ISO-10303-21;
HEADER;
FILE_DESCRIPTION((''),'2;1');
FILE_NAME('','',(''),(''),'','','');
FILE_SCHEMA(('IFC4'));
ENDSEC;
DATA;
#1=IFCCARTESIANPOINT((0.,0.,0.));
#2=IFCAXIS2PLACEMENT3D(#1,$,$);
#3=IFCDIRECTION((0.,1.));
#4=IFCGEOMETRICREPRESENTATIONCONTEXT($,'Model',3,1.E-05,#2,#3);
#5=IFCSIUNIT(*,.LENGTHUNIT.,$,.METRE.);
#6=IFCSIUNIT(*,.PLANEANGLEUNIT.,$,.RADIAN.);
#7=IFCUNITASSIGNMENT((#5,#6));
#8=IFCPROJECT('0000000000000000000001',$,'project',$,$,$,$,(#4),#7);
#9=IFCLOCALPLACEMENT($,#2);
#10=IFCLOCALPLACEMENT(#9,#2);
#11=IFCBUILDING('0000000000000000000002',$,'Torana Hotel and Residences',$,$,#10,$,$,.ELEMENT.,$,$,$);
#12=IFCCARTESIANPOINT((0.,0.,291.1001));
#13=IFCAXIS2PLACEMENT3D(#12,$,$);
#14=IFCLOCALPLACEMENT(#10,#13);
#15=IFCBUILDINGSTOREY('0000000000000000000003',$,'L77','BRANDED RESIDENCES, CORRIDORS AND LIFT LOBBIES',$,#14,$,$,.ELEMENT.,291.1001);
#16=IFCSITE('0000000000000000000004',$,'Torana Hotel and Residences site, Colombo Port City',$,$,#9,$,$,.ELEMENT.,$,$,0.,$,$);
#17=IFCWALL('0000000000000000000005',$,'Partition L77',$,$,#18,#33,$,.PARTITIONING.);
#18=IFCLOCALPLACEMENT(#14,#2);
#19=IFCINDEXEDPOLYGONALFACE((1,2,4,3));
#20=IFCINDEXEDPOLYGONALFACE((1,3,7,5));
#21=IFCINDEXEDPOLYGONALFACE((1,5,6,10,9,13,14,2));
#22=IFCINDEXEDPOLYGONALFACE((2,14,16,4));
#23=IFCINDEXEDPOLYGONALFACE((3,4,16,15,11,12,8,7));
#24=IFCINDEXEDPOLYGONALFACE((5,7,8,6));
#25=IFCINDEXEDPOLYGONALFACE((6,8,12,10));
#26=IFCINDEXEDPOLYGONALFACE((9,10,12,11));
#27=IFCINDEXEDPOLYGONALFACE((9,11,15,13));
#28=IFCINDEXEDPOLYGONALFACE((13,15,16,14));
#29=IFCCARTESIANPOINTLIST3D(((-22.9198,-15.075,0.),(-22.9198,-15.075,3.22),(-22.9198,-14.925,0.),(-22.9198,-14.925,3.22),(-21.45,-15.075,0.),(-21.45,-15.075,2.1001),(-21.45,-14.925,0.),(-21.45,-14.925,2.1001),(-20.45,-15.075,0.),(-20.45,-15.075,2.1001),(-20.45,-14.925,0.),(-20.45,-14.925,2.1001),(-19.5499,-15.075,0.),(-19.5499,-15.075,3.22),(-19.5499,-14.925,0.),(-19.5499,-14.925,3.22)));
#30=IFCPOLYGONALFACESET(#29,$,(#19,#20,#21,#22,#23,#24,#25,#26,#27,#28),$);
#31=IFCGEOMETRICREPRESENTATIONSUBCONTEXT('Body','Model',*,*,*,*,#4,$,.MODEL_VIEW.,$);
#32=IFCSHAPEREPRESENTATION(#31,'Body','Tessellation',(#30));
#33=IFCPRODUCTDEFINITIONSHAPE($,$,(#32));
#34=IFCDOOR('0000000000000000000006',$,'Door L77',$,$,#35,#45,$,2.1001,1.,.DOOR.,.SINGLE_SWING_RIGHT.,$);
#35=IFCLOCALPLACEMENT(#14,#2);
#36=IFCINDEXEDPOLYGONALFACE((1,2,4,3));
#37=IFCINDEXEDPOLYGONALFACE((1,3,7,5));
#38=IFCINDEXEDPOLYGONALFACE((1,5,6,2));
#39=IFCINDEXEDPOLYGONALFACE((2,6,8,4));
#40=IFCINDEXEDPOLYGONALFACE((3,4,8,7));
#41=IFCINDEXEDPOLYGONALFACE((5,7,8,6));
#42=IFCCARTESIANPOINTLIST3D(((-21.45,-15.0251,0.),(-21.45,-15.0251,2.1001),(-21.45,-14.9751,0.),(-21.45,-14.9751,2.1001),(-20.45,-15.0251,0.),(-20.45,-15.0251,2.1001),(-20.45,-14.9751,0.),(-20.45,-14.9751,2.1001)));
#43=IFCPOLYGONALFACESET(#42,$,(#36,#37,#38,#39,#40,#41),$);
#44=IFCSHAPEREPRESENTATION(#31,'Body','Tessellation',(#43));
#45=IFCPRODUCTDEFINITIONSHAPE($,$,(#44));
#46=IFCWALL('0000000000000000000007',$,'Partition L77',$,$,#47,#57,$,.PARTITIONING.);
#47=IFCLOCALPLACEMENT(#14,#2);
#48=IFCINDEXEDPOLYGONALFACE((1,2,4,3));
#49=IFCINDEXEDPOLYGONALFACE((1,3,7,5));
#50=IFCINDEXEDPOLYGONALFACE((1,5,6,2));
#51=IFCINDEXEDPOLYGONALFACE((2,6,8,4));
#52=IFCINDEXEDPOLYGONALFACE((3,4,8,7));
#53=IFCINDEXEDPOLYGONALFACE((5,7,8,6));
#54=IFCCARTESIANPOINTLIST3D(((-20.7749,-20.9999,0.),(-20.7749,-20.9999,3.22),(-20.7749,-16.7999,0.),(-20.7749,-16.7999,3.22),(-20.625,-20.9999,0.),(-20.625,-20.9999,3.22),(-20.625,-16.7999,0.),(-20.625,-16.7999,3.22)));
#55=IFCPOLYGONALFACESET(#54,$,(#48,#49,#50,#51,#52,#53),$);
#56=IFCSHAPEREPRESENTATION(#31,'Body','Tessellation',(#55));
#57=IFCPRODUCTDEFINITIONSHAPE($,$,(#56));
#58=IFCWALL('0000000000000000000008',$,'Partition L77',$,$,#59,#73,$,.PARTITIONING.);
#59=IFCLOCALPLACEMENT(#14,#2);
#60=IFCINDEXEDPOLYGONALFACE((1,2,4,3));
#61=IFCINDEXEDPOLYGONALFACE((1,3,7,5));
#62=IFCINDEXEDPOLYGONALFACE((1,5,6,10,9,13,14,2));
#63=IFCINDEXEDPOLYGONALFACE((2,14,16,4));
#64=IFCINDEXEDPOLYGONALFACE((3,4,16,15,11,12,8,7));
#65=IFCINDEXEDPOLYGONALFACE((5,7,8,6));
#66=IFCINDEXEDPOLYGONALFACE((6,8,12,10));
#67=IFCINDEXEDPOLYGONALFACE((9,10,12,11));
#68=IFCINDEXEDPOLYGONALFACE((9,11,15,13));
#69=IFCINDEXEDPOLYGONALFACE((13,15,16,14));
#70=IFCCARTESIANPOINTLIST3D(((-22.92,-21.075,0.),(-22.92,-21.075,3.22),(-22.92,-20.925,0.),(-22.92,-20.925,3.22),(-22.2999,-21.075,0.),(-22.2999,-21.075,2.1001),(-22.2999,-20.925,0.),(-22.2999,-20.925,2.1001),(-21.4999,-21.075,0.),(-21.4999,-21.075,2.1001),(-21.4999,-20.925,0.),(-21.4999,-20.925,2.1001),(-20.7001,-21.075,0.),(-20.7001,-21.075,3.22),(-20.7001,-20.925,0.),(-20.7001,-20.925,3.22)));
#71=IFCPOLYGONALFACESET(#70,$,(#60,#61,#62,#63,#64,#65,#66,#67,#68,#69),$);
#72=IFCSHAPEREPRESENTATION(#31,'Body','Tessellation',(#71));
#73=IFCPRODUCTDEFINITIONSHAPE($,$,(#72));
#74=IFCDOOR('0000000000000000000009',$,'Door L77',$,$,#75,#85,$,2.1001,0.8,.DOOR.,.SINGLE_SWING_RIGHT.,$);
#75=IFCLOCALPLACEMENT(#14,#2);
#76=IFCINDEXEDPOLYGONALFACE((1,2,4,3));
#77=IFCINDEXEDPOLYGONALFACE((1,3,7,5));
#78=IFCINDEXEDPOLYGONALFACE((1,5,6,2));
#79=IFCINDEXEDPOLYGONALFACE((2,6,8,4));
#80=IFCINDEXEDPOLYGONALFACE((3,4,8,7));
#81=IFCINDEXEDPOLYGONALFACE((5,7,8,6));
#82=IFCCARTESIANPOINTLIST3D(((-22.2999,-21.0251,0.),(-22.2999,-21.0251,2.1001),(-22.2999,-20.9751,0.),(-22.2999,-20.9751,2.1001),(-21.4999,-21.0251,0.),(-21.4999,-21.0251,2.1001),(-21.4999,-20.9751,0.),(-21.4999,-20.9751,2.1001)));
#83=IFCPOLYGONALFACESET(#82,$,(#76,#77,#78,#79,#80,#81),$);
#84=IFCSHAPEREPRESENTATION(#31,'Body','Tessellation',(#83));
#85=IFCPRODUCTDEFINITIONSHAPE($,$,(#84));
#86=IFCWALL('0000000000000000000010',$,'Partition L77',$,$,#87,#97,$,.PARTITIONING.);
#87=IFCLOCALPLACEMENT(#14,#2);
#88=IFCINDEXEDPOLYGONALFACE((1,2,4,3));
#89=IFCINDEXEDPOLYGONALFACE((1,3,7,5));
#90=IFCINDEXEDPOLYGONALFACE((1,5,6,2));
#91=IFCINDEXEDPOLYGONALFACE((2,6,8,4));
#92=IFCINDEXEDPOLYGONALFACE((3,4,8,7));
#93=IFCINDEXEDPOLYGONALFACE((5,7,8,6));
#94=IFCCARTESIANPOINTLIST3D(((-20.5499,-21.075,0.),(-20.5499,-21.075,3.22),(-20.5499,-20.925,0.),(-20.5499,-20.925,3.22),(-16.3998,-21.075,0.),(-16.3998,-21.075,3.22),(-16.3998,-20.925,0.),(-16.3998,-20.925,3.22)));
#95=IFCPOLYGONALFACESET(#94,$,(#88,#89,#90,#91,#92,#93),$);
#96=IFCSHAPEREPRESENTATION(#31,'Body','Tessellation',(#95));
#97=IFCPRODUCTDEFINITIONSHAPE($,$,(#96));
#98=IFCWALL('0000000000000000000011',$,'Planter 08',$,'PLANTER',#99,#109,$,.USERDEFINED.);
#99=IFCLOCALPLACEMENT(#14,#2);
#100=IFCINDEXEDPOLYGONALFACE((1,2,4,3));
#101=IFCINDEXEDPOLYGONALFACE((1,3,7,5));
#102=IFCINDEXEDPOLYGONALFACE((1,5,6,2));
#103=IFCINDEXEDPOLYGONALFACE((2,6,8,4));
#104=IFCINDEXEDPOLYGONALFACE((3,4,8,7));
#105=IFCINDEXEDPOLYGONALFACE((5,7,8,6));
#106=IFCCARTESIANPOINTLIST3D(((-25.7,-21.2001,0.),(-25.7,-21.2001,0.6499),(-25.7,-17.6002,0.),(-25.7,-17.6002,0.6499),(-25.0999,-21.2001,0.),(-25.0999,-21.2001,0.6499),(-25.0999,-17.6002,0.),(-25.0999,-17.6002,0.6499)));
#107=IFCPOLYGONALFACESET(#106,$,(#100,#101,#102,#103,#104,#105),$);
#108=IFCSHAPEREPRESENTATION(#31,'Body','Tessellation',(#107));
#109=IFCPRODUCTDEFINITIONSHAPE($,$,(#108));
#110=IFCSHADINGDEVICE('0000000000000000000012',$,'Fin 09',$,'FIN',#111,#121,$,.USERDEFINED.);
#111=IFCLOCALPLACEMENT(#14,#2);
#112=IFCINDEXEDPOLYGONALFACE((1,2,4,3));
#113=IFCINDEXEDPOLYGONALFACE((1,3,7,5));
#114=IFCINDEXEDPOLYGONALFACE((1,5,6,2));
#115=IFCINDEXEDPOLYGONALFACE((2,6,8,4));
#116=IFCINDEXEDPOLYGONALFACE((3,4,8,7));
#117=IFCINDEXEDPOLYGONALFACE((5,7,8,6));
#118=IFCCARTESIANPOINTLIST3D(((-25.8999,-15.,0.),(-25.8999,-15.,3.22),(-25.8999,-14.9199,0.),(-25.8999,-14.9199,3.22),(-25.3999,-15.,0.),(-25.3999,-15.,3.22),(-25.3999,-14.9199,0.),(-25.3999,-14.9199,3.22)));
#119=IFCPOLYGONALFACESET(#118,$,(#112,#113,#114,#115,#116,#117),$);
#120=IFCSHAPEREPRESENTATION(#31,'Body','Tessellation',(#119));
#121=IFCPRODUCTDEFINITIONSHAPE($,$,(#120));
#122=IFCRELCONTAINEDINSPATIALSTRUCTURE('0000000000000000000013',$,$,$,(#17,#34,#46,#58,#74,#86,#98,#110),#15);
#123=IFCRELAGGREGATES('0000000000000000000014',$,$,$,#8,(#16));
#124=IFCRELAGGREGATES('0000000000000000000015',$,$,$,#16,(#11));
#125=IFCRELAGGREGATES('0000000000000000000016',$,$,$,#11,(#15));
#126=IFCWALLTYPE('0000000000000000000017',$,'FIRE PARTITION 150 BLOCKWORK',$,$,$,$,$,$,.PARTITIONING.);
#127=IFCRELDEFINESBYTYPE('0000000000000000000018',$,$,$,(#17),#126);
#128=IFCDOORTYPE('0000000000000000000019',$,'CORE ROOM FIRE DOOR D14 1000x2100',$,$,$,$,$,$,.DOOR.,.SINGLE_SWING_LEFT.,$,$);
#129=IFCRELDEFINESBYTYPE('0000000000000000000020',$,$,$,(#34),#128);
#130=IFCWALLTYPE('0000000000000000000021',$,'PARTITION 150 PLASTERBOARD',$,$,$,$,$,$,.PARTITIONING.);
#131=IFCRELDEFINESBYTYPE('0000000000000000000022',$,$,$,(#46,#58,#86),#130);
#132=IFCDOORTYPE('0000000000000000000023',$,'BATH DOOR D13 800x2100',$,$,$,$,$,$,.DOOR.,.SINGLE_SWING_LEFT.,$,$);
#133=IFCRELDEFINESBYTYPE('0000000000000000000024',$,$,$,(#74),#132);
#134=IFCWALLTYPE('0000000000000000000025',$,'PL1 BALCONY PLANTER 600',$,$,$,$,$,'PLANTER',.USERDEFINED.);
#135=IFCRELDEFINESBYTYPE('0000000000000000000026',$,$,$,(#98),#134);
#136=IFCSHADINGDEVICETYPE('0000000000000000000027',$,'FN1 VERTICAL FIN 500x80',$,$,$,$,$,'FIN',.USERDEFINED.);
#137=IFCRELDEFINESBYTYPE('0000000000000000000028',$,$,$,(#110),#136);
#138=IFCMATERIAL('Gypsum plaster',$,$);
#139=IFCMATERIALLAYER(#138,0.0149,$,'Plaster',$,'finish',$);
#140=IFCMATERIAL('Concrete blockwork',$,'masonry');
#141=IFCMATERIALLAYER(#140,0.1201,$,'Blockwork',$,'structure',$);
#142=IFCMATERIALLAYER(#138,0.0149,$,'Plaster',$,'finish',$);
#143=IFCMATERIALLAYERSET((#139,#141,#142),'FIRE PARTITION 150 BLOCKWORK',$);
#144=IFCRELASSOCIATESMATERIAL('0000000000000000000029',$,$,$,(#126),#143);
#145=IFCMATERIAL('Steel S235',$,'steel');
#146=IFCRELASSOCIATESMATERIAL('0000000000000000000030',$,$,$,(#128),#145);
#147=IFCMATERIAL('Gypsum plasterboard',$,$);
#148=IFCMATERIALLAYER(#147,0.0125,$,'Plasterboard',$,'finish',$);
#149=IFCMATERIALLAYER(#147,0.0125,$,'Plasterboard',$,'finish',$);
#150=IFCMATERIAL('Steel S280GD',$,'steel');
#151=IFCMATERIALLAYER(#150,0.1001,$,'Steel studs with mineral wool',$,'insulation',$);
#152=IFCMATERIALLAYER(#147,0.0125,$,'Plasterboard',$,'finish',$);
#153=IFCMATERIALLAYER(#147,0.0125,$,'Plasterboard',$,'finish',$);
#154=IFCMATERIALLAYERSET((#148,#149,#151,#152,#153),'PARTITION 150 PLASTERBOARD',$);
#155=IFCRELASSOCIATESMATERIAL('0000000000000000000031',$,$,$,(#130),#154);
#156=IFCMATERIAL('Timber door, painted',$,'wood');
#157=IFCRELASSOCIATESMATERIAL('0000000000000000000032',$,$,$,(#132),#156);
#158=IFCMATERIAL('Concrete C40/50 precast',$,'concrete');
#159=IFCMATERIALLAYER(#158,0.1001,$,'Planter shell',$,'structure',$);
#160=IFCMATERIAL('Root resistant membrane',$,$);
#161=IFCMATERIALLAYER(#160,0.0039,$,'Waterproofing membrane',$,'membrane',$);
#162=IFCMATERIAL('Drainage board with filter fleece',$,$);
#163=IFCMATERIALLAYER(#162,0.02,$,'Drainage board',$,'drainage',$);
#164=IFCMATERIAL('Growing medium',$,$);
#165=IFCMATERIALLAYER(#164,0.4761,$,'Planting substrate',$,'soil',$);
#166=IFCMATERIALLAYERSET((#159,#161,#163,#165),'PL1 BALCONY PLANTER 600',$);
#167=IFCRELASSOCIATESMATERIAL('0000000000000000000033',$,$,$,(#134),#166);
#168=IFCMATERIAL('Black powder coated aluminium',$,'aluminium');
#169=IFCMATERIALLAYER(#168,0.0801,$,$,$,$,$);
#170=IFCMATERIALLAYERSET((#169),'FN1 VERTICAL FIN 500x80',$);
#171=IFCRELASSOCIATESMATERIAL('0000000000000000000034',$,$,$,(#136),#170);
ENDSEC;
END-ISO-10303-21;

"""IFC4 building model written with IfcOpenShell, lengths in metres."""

from ifc_helpers import new_model, si_unit, direction, frame, frame_2d, origin, origin_2d, place, context, subcontext, project, spatial, rectangle, extrude, material, layer, layer_set, type_object, element, fill, save


model = new_model("IFC4")

# Units and contexts
model_context = context("Model", 3, precision=1e-05, world=origin(), true_north=direction((0.0, 1.0)))
body_context = subcontext(model_context, "Body", "Model", "MODEL_VIEW")
ifc_project = project(units=[si_unit("LENGTHUNIT", "METRE"), si_unit("PLANEANGLEUNIT", "RADIAN")], contexts=[model_context])

# Site, building, storey
site_placement = place(None, origin())
site = spatial("IfcSite", under=ifc_project, at=site_placement, Name="Torana Hotel and Residences site, Colombo Port City", CompositionType="ELEMENT", RefElevation=0.0)
building_placement = place(site_placement, origin())
building = spatial("IfcBuilding", under=site, at=building_placement, Name="Torana Hotel and Residences", CompositionType="ELEMENT")
storey_placement = place(building_placement, frame((0.0, 0.0, 291.1001)))
storey = spatial("IfcBuildingStorey", under=building, at=storey_placement, Name="L77", Description="BRANDED RESIDENCES, CORRIDORS AND LIFT LOBBIES", CompositionType="ELEMENT", Elevation=291.1001)

# Shared definitions
ifc_material_1 = material(Name="Gypsum plaster")
ifc_layer_1 = layer(ifc_material_1, 0.0149, Name="Plaster", Category="finish")
ifc_material_2 = material(Name="Concrete blockwork", Category="masonry")
ifc_layer_2 = layer(ifc_material_2, 0.1201, Name="Blockwork", Category="structure")
ifc_layer_3 = layer(ifc_material_1, 0.0149, Name="Plaster", Category="finish")
ifc_layer_set_1 = layer_set([ifc_layer_1, ifc_layer_2, ifc_layer_3], Name="FIRE PARTITION 150 BLOCKWORK")
wall_type_1 = type_object("IfcWallType", Name="FIRE PARTITION 150 BLOCKWORK", PredefinedType="PARTITIONING", material=ifc_layer_set_1)

# Wall, opening, door
wall_1_placement = place(storey_placement, frame((-22.9199, -15.0, 0.0), z_axis=(0.0, 0.0, 1.0), x_axis=(1.0, 0.0, 0.0)))
wall_1 = element("IfcWall", 1, at=wall_1_placement, inside=storey, type_object=wall_type_1, Name="Partition L77", PredefinedType="PARTITIONING", context=body_context, shape_type="SweptSolid", body=[
    extrude(rectangle(XDim=3.3699, YDim=0.1499, at=frame_2d((1.6851, 0.0))), origin(), (0.0, 0.0, 1.0), 3.22),
])
opening_1_placement = place(wall_1_placement, frame((1.47, 0.0, 0.0)))
opening_1 = element("IfcOpeningElement", 2, at=opening_1_placement, cuts=wall_1, PredefinedType="OPENING", context=body_context, shape_type="SweptSolid", body=[
    extrude(rectangle(XDim=1.0, YDim=2.1001, at=frame_2d((0.5, 1.05))), frame((0.0, 0.085, 0.0), z_axis=(0.0, -1.0, 0.0), x_axis=(1.0, 0.0, 0.0)), (0.0, 0.0, 1.0), 0.1699),
])
ifc_material_3 = material(Name="Steel S235", Category="steel")
door_type_1 = type_object("IfcDoorType", Name="CORE ROOM FIRE DOOR D14 1000x2100", OperationType="SINGLE_SWING_LEFT", PredefinedType="DOOR", material=ifc_material_3)
door_1_placement = place(opening_1_placement, origin())
door_1 = element("IfcDoor", 3, at=door_1_placement, inside=storey, type_object=door_type_1, Name="Door L77", OperationType="SINGLE_SWING_RIGHT", OverallHeight=2.1001, OverallWidth=1.0, PredefinedType="DOOR", context=body_context, shape_type="SweptSolid", body=[
    extrude(rectangle(XDim=1.0, YDim=2.1001, at=frame_2d((0.5, 1.05))), frame((0.0, 0.0249, 0.0), z_axis=(0.0, -1.0, 0.0), x_axis=(1.0, 0.0, 0.0)), (0.0, 0.0, 1.0), 0.05),
])
fill(opening_1, door_1)

# Wall
ifc_material_4 = material(Name="Gypsum plasterboard")
ifc_layer_4 = layer(ifc_material_4, 0.0125, Name="Plasterboard", Category="finish")
ifc_layer_5 = layer(ifc_material_4, 0.0125, Name="Plasterboard", Category="finish")
ifc_material_5 = material(Name="Steel S280GD", Category="steel")
ifc_layer_6 = layer(ifc_material_5, 0.1001, Name="Steel studs with mineral wool", Category="insulation")
ifc_layer_7 = layer(ifc_material_4, 0.0125, Name="Plasterboard", Category="finish")
ifc_layer_8 = layer(ifc_material_4, 0.0125, Name="Plasterboard", Category="finish")
ifc_layer_set_2 = layer_set([ifc_layer_4, ifc_layer_5, ifc_layer_6, ifc_layer_7, ifc_layer_8], Name="PARTITION 150 PLASTERBOARD")
wall_type_2 = type_object("IfcWallType", Name="PARTITION 150 PLASTERBOARD", PredefinedType="PARTITIONING", material=ifc_layer_set_2)
wall_2_placement = place(storey_placement, frame((-20.7, -21.0, 0.0), z_axis=(0.0, 0.0, 1.0), x_axis=(0.0, 1.0, 0.0)))
element("IfcWall", 4, at=wall_2_placement, inside=storey, type_object=wall_type_2, Name="Partition L77", PredefinedType="PARTITIONING", context=body_context, shape_type="SweptSolid", body=[
    extrude(rectangle(XDim=4.2, YDim=0.1499, at=frame_2d((2.1001, 0.0))), origin(), (0.0, 0.0, 1.0), 3.22),
])

# Wall, opening, door
wall_3_placement = place(storey_placement, frame((-22.9199, -21.0, 0.0), z_axis=(0.0, 0.0, 1.0), x_axis=(1.0, 0.0, 0.0)))
wall_3 = element("IfcWall", 5, at=wall_3_placement, inside=storey, type_object=wall_type_2, Name="Partition L77", PredefinedType="PARTITIONING", context=body_context, shape_type="SweptSolid", body=[
    extrude(rectangle(XDim=2.22, YDim=0.1499, at=frame_2d((1.1099, 0.0))), origin(), (0.0, 0.0, 1.0), 3.22),
])
opening_2_placement = place(wall_3_placement, frame((0.6201, 0.0, 0.0)))
opening_2 = element("IfcOpeningElement", 6, at=opening_2_placement, cuts=wall_3, PredefinedType="OPENING", context=body_context, shape_type="SweptSolid", body=[
    extrude(rectangle(XDim=0.8, YDim=2.1001, at=frame_2d((0.3999, 1.05))), frame((0.0, 0.085, 0.0), z_axis=(0.0, -1.0, 0.0), x_axis=(1.0, 0.0, 0.0)), (0.0, 0.0, 1.0), 0.1699),
])
ifc_material_6 = material(Name="Timber door, painted", Category="wood")
door_type_2 = type_object("IfcDoorType", Name="BATH DOOR D13 800x2100", OperationType="SINGLE_SWING_LEFT", PredefinedType="DOOR", material=ifc_material_6)
door_2_placement = place(opening_2_placement, origin())
door_2 = element("IfcDoor", 7, at=door_2_placement, inside=storey, type_object=door_type_2, Name="Door L77", OperationType="SINGLE_SWING_RIGHT", OverallHeight=2.1001, OverallWidth=0.8, PredefinedType="DOOR", context=body_context, shape_type="SweptSolid", body=[
    extrude(rectangle(XDim=0.8, YDim=2.1001, at=frame_2d((0.3999, 1.05))), frame((0.0, 0.0249, 0.0), z_axis=(0.0, -1.0, 0.0), x_axis=(1.0, 0.0, 0.0)), (0.0, 0.0, 1.0), 0.05),
])
fill(opening_2, door_2)

# Walls
wall_4_placement = place(storey_placement, frame((-20.55, -21.0, 0.0), z_axis=(0.0, 0.0, 1.0), x_axis=(1.0, 0.0, 0.0)))
element("IfcWall", 8, at=wall_4_placement, inside=storey, type_object=wall_type_2, Name="Partition L77", PredefinedType="PARTITIONING", context=body_context, shape_type="SweptSolid", body=[
    extrude(rectangle(XDim=4.1501, YDim=0.1499, at=frame_2d((2.0752, 0.0))), origin(), (0.0, 0.0, 1.0), 3.22),
])
ifc_material_7 = material(Name="Concrete C40/50 precast", Category="concrete")
ifc_layer_9 = layer(ifc_material_7, 0.1001, Name="Planter shell", Category="structure")
ifc_material_8 = material(Name="Root resistant membrane")
ifc_layer_10 = layer(ifc_material_8, 0.0039, Name="Waterproofing membrane", Category="membrane")
ifc_material_9 = material(Name="Drainage board with filter fleece")
ifc_layer_11 = layer(ifc_material_9, 0.02, Name="Drainage board", Category="drainage")
ifc_material_10 = material(Name="Growing medium")
ifc_layer_12 = layer(ifc_material_10, 0.4761, Name="Planting substrate", Category="soil")
ifc_layer_set_3 = layer_set([ifc_layer_9, ifc_layer_10, ifc_layer_11, ifc_layer_12], Name="PL1 BALCONY PLANTER 600")
wall_type_3 = type_object("IfcWallType", Name="PL1 BALCONY PLANTER 600", ElementType="PLANTER", PredefinedType="USERDEFINED", material=ifc_layer_set_3)
wall_5_placement = place(storey_placement, frame((-25.3999, -21.2, 0.0), z_axis=(0.0, 0.0, 1.0), x_axis=(0.0, 1.0, 0.0)))
element("IfcWall", 9, at=wall_5_placement, inside=storey, type_object=wall_type_3, Name="Planter 08", ObjectType="PLANTER", PredefinedType="USERDEFINED", context=body_context, shape_type="SweptSolid", body=[
    extrude(rectangle(XDim=3.5999, YDim=0.6001, at=frame_2d((1.7998, 0.0))), origin(), (0.0, 0.0, 1.0), 0.6499),
])

# Shading device
ifc_material_11 = material(Name="Black powder coated aluminium", Category="aluminium")
ifc_layer_13 = layer(ifc_material_11, 0.0801)
ifc_layer_set_4 = layer_set([ifc_layer_13], Name="FN1 VERTICAL FIN 500x80")
shading_device_type = type_object("IfcShadingDeviceType", Name="FN1 VERTICAL FIN 500x80", ElementType="FIN", PredefinedType="USERDEFINED", material=ifc_layer_set_4)
shading_device_placement = place(storey_placement, frame((-25.6499, -14.96, 0.0), z_axis=(0.0, 0.0, 1.0), x_axis=(0.0, 1.0, 0.0)))
element("IfcShadingDevice", 10, at=shading_device_placement, inside=storey, type_object=shading_device_type, Name="Fin 09", ObjectType="FIN", PredefinedType="USERDEFINED", context=body_context, shape_type="SweptSolid", body=[
    extrude(rectangle(XDim=0.0801, YDim=0.5, at=origin_2d()), origin(), (0.0, 0.0, 1.0), 3.22),
])

save(model, "model.ifc")
